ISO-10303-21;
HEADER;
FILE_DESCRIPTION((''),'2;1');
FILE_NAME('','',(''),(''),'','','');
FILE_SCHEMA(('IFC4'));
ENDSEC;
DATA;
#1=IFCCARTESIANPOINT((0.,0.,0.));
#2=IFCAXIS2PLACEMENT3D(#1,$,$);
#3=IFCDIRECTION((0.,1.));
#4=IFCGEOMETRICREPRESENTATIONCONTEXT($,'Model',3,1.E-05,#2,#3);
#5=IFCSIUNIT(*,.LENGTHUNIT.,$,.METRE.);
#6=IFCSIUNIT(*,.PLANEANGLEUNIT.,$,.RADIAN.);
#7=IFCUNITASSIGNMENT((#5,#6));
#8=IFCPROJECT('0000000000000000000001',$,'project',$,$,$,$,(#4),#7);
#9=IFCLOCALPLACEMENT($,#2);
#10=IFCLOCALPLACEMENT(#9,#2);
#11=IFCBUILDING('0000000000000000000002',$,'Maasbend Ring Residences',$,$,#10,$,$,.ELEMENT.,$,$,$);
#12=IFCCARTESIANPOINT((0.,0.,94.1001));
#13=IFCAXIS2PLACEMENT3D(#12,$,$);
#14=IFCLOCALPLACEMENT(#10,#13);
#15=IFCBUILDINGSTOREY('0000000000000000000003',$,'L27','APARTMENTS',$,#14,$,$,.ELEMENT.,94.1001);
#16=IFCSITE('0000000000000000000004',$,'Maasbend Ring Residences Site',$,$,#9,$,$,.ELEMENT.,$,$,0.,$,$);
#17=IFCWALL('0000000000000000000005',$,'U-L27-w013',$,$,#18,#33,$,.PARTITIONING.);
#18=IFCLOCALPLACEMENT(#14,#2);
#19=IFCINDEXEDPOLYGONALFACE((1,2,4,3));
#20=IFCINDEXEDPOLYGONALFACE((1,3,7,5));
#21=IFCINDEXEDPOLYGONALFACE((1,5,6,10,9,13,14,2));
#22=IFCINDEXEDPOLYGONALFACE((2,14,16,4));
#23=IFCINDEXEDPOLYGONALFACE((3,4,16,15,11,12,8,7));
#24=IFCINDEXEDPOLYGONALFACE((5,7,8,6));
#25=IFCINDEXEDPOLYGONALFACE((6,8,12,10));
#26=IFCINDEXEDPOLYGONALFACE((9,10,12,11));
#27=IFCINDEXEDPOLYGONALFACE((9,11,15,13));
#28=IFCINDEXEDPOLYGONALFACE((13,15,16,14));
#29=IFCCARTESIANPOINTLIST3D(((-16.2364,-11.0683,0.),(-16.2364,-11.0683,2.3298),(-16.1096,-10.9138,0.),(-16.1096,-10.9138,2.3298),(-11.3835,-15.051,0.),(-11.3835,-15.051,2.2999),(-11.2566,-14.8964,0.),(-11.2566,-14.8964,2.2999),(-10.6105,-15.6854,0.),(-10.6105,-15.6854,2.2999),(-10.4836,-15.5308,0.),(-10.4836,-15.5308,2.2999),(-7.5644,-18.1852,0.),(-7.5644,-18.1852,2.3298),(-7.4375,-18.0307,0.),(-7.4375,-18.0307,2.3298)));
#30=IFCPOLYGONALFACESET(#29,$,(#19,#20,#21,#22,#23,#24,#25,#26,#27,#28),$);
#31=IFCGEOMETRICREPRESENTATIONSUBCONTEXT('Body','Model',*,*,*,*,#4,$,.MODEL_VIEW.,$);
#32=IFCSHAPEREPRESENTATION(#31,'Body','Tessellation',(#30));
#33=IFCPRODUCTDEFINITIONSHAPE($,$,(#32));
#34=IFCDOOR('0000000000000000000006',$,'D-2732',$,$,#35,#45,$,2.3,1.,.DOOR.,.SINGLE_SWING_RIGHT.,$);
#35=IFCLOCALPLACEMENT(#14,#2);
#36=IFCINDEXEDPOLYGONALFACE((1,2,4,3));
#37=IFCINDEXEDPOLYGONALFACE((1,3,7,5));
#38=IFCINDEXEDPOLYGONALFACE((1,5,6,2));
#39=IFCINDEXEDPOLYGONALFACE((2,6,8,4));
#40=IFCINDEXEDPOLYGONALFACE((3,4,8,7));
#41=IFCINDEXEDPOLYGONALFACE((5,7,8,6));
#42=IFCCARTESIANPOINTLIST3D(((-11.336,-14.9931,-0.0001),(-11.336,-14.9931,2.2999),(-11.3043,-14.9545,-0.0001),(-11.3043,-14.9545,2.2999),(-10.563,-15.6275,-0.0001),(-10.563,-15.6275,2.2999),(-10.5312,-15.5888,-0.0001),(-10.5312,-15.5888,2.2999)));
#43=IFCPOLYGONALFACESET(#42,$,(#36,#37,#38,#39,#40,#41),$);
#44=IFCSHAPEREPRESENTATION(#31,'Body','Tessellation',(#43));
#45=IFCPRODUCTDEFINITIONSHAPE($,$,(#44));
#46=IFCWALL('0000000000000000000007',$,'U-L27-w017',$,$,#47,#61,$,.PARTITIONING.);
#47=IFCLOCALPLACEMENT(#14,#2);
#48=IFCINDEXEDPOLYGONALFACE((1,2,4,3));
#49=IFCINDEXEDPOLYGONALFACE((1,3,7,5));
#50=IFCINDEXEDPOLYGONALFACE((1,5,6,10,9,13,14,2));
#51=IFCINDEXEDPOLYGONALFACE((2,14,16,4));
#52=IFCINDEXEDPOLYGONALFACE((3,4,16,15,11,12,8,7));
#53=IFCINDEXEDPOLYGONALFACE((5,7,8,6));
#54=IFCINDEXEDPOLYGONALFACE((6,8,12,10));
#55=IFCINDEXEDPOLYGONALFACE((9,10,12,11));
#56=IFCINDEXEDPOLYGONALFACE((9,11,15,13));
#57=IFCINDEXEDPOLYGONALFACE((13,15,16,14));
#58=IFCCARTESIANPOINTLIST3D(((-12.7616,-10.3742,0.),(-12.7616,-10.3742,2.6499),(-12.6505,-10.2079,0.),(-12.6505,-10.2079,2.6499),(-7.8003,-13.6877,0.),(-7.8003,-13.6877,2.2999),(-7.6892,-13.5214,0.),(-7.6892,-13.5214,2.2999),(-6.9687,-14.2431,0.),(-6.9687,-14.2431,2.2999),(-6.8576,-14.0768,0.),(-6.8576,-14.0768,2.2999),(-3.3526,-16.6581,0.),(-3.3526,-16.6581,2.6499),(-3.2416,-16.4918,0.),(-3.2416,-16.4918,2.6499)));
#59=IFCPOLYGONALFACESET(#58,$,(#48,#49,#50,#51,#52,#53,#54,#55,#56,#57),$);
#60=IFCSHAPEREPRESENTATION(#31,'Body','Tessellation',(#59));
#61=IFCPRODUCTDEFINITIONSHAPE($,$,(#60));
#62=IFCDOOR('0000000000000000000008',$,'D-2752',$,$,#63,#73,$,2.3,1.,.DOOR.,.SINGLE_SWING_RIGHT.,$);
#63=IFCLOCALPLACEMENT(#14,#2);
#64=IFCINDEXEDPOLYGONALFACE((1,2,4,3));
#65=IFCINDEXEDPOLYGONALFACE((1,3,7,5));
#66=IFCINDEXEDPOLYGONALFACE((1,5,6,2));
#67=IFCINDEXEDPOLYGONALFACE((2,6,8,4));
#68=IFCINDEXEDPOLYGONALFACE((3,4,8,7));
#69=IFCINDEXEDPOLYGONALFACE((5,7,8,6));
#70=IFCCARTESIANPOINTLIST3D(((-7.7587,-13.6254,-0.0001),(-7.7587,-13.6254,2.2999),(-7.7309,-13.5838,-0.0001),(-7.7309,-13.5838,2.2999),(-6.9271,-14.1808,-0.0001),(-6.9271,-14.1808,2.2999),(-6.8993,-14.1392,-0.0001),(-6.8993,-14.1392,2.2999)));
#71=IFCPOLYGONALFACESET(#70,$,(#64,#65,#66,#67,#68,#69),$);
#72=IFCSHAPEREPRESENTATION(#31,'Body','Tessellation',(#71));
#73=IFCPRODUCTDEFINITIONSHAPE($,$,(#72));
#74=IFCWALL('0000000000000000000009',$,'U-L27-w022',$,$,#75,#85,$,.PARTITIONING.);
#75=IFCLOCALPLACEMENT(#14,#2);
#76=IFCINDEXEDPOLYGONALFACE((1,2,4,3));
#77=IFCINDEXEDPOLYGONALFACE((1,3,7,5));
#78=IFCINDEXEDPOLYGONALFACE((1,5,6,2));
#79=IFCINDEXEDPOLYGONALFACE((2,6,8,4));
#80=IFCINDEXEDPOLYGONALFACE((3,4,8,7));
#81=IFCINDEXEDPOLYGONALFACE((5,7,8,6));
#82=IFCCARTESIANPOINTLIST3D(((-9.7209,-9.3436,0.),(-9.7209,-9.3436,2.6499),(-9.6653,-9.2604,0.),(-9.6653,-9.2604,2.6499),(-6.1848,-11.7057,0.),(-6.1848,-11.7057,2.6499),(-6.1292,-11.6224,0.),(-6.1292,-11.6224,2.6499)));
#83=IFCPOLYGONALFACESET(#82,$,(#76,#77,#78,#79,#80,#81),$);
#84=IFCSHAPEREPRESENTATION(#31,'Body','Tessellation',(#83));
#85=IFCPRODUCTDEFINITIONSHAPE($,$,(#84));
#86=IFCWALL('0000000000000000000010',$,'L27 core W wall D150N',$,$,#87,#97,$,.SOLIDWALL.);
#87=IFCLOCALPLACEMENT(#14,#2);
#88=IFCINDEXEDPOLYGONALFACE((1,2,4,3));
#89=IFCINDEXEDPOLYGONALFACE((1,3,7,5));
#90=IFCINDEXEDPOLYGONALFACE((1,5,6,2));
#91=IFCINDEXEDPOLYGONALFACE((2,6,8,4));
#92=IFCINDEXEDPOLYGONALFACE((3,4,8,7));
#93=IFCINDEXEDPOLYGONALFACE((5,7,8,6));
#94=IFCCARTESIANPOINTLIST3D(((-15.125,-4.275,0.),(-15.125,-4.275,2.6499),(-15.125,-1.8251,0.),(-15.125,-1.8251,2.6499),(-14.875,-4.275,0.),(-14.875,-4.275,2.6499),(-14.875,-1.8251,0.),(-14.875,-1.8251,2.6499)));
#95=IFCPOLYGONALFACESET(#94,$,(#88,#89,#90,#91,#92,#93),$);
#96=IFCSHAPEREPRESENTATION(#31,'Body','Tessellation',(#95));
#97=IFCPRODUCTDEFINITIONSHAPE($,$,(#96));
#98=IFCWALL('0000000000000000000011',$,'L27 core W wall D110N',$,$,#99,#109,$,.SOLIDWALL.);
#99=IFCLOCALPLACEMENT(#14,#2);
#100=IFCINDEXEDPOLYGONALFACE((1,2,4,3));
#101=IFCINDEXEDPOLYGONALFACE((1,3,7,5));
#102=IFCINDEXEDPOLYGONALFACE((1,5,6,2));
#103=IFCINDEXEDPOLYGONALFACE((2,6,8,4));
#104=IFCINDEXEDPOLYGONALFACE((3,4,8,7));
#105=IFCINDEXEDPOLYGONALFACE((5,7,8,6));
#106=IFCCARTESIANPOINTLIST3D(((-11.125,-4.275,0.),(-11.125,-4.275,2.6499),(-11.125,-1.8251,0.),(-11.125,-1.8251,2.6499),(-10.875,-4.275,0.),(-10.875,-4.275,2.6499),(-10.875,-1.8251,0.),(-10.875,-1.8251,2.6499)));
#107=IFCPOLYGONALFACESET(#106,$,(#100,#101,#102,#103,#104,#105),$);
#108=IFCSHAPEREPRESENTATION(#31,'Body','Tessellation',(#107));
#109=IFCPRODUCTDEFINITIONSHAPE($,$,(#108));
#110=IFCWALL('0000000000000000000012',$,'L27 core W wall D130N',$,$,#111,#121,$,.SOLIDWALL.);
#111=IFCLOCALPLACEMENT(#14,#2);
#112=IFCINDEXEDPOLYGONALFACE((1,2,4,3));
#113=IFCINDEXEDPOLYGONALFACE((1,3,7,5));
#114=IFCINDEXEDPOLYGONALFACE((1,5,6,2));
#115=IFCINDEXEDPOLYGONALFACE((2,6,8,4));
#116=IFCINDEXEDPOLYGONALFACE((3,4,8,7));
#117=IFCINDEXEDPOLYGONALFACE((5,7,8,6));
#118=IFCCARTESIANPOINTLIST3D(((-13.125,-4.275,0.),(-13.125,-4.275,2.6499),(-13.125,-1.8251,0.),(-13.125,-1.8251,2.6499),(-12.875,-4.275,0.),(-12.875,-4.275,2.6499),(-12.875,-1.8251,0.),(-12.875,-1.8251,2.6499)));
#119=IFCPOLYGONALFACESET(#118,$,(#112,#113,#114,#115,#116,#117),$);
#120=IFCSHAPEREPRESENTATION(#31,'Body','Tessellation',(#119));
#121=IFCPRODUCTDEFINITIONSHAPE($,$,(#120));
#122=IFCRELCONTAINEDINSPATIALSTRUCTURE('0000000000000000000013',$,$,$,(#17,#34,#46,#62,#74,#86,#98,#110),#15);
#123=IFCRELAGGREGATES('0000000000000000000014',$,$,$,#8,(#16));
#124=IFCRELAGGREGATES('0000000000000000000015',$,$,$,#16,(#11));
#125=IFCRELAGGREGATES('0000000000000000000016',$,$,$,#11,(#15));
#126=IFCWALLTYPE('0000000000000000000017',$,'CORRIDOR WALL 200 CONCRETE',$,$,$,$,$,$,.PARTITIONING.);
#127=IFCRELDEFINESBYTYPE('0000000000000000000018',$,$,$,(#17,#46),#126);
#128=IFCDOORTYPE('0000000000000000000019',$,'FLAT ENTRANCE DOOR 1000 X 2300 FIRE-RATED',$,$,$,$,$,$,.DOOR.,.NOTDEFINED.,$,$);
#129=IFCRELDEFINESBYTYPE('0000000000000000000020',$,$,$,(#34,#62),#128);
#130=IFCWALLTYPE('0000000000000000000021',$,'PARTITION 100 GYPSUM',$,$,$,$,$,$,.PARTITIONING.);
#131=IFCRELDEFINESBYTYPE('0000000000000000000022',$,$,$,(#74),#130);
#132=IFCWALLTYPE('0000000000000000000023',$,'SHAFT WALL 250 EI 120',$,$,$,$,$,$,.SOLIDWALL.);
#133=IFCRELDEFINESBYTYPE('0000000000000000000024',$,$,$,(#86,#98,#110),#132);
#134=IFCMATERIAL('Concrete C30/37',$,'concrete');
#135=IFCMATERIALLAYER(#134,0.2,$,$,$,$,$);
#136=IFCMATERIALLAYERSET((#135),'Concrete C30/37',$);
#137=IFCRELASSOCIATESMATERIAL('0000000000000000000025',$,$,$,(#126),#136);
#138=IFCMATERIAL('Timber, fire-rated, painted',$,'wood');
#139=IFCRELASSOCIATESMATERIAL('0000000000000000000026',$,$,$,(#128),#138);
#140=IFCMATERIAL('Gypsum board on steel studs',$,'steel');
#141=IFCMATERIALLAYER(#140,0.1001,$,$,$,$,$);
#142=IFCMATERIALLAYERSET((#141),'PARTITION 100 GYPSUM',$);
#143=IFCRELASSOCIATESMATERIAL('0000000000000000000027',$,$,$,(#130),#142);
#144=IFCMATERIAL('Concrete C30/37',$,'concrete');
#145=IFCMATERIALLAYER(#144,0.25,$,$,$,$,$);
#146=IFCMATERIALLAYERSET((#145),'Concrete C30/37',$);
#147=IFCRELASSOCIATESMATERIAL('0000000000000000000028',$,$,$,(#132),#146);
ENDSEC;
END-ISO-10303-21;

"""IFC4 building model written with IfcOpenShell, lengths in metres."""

from ifc_helpers import new_model, si_unit, direction, frame, frame_2d, origin, place, context, subcontext, project, spatial, rectangle, extrude, material, layer, layer_set, type_object, element, fill, save


model = new_model("IFC4")

# Units and contexts
model_context = context("Model", 3, precision=1e-05, world=origin(), true_north=direction((0.0, 1.0)))
body_context = subcontext(model_context, "Body", "Model", "MODEL_VIEW")
ifc_project = project(units=[si_unit("LENGTHUNIT", "METRE"), si_unit("PLANEANGLEUNIT", "RADIAN")], contexts=[model_context])

# Site, building, storey
site_placement = place(None, origin())
site = spatial("IfcSite", under=ifc_project, at=site_placement, Name="Maasbend Ring Residences Site", CompositionType="ELEMENT", RefElevation=0.0)
building_placement = place(site_placement, origin())
building = spatial("IfcBuilding", under=site, at=building_placement, Name="Maasbend Ring Residences", CompositionType="ELEMENT")
storey_placement = place(building_placement, frame((0.0, 0.0, 94.1001)))
storey = spatial("IfcBuildingStorey", under=building, at=storey_placement, Name="L27", Description="APARTMENTS", CompositionType="ELEMENT", Elevation=94.1001)

# Walls, openings, doors
ifc_material_1 = material(Name="Concrete C30/37", Category="concrete")
ifc_layer_1 = layer(ifc_material_1, 0.2)
ifc_layer_set_1 = layer_set([ifc_layer_1], Name="Concrete C30/37")
wall_type_1 = type_object("IfcWallType", Name="CORRIDOR WALL 200 CONCRETE", PredefinedType="PARTITIONING", material=ifc_layer_set_1)
wall_1_placement = place(storey_placement, frame((-16.1731, -10.991, 0.0), z_axis=(0.0, 0.0, 1.0), x_axis=(0.773014, -0.634389, 0.0)))
wall_1 = element("IfcWall", 1, at=wall_1_placement, inside=storey, type_object=wall_type_1, Name="U-L27-w013", PredefinedType="PARTITIONING", context=body_context, shape_type="SweptSolid", body=[
    extrude(rectangle(XDim=11.2185, YDim=0.2, at=frame_2d((5.6094, 0.0))), origin(), (0.0, 0.0, 1.0), 2.3298),
])
opening_1_placement = place(wall_1_placement, frame((6.2781, 0.0, 0.0)))
opening_1 = element("IfcOpeningElement", 2, at=opening_1_placement, cuts=wall_1, PredefinedType="OPENING", context=body_context, shape_type="SweptSolid", body=[
    extrude(rectangle(XDim=1.0, YDim=2.3, at=frame_2d((0.5, 1.1499))), frame((0.0, 0.1099, 0.0), z_axis=(0.0, -1.0, 0.0), x_axis=(1.0, 0.0, 0.0)), (0.0, 0.0, 1.0), 0.22),
])
ifc_material_2 = material(Name="Timber, fire-rated, painted", Category="wood")
door_type_1 = type_object("IfcDoorType", Name="FLAT ENTRANCE DOOR 1000 X 2300 FIRE-RATED", OperationType="NOTDEFINED", PredefinedType="DOOR", material=ifc_material_2)
door_1_placement = place(opening_1_placement, origin())
door_1 = element("IfcDoor", 3, at=door_1_placement, inside=storey, type_object=door_type_1, Name="D-2732", OperationType="SINGLE_SWING_RIGHT", OverallHeight=2.3, OverallWidth=1.0, PredefinedType="DOOR", context=body_context, shape_type="SweptSolid", body=[
    extrude(rectangle(XDim=1.0, YDim=2.3, at=frame_2d((0.5, 1.1499))), frame((0.0, 0.0249, 0.0), z_axis=(0.0, -1.0, 0.0), x_axis=(1.0, 0.0, 0.0)), (0.0, 0.0, 1.0), 0.05),
])
fill(opening_1, door_1)
wall_2_placement = place(storey_placement, frame((-12.7061, -10.291, 0.0), z_axis=(0.0, 0.0, 1.0), x_axis=(0.831589, -0.555392, 0.0)))
wall_2 = element("IfcWall", 4, at=wall_2_placement, inside=storey, type_object=wall_type_1, Name="U-L27-w017", PredefinedType="PARTITIONING", context=body_context, shape_type="SweptSolid", body=[
    extrude(rectangle(XDim=11.3145, YDim=0.2, at=frame_2d((5.6572, 0.0))), origin(), (0.0, 0.0, 1.0), 2.6499),
])
opening_2_placement = place(wall_2_placement, frame((5.9661, 0.0, 0.0)))
opening_2 = element("IfcOpeningElement", 5, at=opening_2_placement, cuts=wall_2, PredefinedType="OPENING", context=body_context, shape_type="SweptSolid", body=[
    extrude(rectangle(XDim=1.0, YDim=2.3, at=frame_2d((0.5, 1.1499))), frame((0.0, 0.1099, 0.0), z_axis=(0.0, -1.0, 0.0), x_axis=(1.0, 0.0, 0.0)), (0.0, 0.0, 1.0), 0.22),
])
door_2_placement = place(opening_2_placement, origin())
door_2 = element("IfcDoor", 6, at=door_2_placement, inside=storey, type_object=door_type_1, Name="D-2752", OperationType="SINGLE_SWING_RIGHT", OverallHeight=2.3, OverallWidth=1.0, PredefinedType="DOOR", context=body_context, shape_type="SweptSolid", body=[
    extrude(rectangle(XDim=1.0, YDim=2.3, at=frame_2d((0.5, 1.1499))), frame((0.0, 0.0249, 0.0), z_axis=(0.0, -1.0, 0.0), x_axis=(1.0, 0.0, 0.0)), (0.0, 0.0, 1.0), 0.05),
])
fill(opening_2, door_2)

# Walls
ifc_material_3 = material(Name="Gypsum board on steel studs", Category="steel")
ifc_layer_2 = layer(ifc_material_3, 0.1001)
ifc_layer_set_2 = layer_set([ifc_layer_2], Name="PARTITION 100 GYPSUM")
wall_type_2 = type_object("IfcWallType", Name="PARTITION 100 GYPSUM", PredefinedType="PARTITIONING", material=ifc_layer_set_2)
wall_3_placement = place(storey_placement, frame((-9.6931, -9.302, 0.0), z_axis=(0.0, 0.0, 1.0), x_axis=(0.831546, -0.555455, 0.0)))
element("IfcWall", 7, at=wall_3_placement, inside=storey, type_object=wall_type_2, Name="U-L27-w022", PredefinedType="PARTITIONING", context=body_context, shape_type="SweptSolid", body=[
    extrude(rectangle(XDim=4.2524, YDim=0.1001, at=frame_2d((2.1262, 0.0))), origin(), (0.0, 0.0, 1.0), 2.6499),
])
ifc_material_4 = material(Name="Concrete C30/37", Category="concrete")
ifc_layer_3 = layer(ifc_material_4, 0.25)
ifc_layer_set_3 = layer_set([ifc_layer_3], Name="Concrete C30/37")
wall_type_3 = type_object("IfcWallType", Name="SHAFT WALL 250 EI 120", PredefinedType="SOLIDWALL", material=ifc_layer_set_3)
for number, where, z_axis, x_axis, name in (
    (8, (-15.0, -1.825, 0.0), (0.0, 0.0, 1.0), (0.0, -1.0, 0.0), "L27 core W wall D150N"),
    (9, (-11.0, -1.825, 0.0), (0.0, 0.0, 1.0), (0.0, -1.0, 0.0), "L27 core W wall D110N"),
    (10, (-13.0, -1.825, 0.0), (0.0, 0.0, 1.0), (0.0, -1.0, 0.0), "L27 core W wall D130N"),
):
    element("IfcWall", number, at=place(storey_placement, frame(where, z_axis=z_axis, x_axis=x_axis)), inside=storey, type_object=wall_type_3, Name=name, PredefinedType="SOLIDWALL", context=body_context, shape_type="SweptSolid", body=[
        extrude(rectangle(XDim=2.45, YDim=0.25, at=frame_2d((1.2251, 0.0))), origin(), (0.0, 0.0, 1.0), 2.6499),
    ])

save(model, "model.ifc")
